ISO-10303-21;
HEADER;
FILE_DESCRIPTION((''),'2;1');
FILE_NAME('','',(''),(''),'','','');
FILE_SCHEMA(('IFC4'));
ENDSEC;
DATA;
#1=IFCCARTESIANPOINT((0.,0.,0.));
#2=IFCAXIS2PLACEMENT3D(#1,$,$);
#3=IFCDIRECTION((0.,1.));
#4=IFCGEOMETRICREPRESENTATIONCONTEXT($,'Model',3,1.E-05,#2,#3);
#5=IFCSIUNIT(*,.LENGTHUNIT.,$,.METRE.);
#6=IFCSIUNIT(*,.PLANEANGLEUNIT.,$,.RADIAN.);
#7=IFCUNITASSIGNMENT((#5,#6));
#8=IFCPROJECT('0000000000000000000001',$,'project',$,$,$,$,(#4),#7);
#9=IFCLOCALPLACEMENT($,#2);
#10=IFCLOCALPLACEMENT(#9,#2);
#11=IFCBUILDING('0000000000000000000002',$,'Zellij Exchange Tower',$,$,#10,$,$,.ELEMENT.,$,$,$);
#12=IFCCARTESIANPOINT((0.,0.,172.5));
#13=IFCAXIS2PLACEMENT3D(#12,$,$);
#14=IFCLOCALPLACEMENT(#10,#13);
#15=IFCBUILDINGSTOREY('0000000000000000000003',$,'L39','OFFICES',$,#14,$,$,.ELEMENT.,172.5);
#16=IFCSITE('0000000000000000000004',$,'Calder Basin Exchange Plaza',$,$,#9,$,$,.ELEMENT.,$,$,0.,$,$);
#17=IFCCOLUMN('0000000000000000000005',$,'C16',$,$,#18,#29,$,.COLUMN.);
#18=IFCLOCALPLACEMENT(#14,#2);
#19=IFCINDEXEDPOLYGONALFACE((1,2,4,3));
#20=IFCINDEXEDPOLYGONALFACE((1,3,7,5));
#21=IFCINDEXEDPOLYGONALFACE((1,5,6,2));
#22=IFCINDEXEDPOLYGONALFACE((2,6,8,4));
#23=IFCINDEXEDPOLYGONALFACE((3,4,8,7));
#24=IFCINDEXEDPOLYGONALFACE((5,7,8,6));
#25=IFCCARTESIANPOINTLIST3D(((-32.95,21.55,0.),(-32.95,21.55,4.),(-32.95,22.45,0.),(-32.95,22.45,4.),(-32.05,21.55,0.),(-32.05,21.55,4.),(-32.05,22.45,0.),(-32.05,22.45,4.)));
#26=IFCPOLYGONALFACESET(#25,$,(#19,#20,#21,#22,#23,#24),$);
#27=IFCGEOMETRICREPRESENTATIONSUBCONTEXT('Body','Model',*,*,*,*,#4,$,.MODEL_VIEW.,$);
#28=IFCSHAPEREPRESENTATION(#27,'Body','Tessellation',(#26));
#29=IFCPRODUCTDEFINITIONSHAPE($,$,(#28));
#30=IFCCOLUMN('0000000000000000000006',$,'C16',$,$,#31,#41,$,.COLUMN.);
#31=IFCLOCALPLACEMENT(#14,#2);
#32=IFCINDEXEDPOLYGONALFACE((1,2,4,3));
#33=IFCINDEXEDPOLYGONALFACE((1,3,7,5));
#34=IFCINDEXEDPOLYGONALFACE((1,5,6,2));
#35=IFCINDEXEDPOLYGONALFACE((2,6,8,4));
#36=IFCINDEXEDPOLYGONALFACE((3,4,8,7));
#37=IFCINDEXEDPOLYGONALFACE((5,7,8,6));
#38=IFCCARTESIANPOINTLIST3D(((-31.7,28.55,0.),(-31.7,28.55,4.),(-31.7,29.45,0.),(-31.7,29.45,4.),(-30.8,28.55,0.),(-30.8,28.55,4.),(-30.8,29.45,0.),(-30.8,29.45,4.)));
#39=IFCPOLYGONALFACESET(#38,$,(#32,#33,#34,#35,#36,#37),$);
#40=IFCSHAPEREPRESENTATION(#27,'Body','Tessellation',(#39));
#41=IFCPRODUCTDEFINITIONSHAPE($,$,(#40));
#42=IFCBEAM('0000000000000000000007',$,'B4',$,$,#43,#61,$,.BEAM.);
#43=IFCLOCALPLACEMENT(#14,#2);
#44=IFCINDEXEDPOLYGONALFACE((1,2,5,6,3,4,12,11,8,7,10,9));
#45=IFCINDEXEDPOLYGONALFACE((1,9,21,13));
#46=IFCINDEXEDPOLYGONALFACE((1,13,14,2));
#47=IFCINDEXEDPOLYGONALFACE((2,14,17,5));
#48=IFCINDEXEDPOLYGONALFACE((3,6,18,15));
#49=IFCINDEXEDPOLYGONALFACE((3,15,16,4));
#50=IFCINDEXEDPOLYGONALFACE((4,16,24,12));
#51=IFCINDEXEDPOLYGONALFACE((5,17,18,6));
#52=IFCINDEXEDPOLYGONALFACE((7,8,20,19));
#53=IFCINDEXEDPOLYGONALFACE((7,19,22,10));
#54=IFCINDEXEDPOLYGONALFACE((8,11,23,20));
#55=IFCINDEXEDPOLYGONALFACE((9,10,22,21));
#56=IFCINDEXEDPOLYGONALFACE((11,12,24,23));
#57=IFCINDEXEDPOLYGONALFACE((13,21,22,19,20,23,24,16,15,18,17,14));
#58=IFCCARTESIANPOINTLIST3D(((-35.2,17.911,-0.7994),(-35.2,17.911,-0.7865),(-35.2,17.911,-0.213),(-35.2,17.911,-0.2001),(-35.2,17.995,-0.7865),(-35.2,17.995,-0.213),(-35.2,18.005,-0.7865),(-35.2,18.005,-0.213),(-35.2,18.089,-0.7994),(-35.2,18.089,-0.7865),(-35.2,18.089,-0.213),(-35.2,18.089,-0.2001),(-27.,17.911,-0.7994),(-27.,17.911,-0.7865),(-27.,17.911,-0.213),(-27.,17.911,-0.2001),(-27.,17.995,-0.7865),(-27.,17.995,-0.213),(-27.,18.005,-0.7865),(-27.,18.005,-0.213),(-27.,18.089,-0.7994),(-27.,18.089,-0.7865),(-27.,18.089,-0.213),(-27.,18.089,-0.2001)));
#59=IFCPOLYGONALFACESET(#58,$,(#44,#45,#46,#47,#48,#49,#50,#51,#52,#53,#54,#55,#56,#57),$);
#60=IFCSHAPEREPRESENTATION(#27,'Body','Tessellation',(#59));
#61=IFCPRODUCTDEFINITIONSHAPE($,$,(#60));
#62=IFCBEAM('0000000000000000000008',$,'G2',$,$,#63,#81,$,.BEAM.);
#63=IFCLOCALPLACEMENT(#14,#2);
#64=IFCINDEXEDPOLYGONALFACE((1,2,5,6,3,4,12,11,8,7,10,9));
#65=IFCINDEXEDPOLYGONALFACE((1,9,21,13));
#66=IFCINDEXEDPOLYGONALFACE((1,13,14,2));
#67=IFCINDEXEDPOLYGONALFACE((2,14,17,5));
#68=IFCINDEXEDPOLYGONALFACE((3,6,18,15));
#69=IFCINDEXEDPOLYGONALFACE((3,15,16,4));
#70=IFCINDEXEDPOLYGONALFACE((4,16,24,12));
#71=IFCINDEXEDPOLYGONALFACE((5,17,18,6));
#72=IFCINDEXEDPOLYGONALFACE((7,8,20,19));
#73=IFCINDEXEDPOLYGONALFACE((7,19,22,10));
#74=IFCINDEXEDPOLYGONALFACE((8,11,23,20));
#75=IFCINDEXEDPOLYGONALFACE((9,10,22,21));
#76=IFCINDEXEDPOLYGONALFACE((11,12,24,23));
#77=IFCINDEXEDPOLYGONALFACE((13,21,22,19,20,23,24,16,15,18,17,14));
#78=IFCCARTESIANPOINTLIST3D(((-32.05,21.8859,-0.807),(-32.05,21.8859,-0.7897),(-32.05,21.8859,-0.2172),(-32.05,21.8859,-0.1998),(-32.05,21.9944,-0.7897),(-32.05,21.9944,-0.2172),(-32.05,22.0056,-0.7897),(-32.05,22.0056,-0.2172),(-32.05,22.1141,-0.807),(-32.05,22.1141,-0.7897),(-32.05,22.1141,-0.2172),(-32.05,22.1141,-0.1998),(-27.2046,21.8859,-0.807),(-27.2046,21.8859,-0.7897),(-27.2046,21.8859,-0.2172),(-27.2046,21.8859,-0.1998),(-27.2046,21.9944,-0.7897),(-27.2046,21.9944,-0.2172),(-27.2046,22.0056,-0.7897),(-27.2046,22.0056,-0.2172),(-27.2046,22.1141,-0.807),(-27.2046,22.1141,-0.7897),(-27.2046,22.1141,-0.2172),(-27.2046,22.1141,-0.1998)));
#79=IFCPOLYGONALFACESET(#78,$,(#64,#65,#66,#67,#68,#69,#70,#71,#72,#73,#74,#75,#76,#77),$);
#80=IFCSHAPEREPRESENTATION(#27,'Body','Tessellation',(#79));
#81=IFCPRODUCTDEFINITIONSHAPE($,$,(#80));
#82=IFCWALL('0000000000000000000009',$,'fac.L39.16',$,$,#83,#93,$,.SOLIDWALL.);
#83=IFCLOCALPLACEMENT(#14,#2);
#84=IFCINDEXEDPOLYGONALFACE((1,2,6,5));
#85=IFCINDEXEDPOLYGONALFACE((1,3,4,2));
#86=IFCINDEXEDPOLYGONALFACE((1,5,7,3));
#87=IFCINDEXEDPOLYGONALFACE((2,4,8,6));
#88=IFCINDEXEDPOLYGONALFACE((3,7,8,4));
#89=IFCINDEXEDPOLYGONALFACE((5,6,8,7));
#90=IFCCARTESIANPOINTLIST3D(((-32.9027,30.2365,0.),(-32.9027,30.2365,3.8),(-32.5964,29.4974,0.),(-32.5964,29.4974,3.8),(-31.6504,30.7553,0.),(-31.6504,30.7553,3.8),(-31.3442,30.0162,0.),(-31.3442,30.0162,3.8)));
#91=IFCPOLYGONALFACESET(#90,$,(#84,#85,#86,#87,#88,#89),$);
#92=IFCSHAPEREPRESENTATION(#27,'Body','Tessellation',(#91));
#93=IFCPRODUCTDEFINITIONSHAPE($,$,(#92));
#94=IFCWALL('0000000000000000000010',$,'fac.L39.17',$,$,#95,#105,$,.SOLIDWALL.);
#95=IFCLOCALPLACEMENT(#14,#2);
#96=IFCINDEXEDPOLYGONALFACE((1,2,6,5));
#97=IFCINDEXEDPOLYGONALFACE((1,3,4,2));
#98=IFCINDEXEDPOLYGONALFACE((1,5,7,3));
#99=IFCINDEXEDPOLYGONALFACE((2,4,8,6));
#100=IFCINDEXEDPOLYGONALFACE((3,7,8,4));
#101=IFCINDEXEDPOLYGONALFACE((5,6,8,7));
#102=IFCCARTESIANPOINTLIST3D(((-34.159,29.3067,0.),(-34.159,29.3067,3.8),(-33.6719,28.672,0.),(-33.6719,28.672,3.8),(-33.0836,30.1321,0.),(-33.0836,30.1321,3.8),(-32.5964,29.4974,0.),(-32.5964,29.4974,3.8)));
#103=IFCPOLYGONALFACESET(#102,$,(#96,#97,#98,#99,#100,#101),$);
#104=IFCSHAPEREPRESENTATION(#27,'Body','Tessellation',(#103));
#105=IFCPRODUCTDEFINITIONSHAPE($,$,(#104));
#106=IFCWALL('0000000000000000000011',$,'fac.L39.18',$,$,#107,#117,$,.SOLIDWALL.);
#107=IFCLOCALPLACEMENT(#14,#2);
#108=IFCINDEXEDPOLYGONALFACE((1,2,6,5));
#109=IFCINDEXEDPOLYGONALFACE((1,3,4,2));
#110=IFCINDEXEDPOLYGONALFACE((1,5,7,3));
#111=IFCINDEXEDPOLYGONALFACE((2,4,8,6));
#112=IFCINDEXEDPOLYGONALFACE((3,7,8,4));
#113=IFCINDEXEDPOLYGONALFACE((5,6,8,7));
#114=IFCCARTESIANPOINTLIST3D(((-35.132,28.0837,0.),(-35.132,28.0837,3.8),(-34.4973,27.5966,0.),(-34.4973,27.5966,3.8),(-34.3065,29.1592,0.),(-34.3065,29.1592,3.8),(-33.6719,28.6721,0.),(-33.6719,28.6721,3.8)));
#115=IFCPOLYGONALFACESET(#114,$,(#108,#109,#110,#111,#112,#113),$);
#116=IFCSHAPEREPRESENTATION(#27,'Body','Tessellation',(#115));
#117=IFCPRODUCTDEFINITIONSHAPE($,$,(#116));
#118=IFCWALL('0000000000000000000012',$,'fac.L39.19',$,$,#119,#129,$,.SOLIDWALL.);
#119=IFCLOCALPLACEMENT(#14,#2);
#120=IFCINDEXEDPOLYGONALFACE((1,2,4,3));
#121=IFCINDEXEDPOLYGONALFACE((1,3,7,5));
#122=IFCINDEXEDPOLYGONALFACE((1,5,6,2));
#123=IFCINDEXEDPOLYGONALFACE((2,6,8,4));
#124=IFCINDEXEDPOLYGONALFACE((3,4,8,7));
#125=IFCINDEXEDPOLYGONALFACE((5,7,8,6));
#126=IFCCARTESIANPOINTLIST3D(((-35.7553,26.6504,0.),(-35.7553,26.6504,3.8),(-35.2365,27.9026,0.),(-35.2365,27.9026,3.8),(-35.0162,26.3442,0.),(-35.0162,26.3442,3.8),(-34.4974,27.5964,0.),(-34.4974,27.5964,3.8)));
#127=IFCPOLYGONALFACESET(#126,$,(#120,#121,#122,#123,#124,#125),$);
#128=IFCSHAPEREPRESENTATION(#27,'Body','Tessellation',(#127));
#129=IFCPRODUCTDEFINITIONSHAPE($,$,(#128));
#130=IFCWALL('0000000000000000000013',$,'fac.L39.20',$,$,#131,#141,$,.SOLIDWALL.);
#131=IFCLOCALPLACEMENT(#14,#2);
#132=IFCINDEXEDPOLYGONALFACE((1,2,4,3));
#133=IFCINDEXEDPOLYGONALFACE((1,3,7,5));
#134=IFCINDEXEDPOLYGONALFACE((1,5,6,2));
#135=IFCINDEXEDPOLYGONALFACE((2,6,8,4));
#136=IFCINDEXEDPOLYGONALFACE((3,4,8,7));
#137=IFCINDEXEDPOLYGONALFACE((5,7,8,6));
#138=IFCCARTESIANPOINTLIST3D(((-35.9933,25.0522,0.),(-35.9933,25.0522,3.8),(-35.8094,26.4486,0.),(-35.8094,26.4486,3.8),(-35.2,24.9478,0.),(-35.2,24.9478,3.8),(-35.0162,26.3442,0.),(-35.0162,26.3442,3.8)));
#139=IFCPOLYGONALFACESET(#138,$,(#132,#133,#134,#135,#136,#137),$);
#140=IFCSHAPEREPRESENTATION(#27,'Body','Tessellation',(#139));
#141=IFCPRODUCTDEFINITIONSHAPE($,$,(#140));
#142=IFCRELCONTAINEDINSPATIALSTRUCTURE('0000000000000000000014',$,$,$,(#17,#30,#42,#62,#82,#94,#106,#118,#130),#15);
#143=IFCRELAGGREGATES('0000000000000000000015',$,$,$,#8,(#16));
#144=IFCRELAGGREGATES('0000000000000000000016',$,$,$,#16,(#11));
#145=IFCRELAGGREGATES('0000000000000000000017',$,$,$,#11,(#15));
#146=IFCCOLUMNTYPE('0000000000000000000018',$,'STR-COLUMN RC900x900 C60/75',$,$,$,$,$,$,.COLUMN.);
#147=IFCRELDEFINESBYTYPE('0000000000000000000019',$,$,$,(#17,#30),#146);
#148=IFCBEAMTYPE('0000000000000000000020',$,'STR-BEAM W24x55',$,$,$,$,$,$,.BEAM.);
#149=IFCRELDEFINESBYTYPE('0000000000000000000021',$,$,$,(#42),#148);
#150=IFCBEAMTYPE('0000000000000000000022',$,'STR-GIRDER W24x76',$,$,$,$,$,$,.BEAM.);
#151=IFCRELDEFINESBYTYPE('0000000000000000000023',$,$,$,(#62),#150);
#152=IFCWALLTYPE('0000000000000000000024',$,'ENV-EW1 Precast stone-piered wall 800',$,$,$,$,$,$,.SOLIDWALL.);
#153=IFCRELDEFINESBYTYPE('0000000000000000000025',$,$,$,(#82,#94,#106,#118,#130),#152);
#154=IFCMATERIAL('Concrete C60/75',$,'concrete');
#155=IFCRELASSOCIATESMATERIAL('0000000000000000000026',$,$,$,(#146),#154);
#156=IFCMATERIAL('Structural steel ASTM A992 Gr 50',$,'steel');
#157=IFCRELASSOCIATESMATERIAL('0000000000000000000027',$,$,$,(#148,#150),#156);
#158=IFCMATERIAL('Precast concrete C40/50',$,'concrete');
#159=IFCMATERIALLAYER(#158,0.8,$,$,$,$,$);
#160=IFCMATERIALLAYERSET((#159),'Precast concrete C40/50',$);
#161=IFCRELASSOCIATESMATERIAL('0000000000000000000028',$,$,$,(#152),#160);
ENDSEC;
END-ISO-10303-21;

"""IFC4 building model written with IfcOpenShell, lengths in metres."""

from ifc_helpers import new_model, si_unit, direction, frame, frame_2d, origin, origin_2d, place, context, subcontext, project, spatial, rectangle, i_section, extrude, material, layer, layer_set, material_profile, profile_set, type_object, element, save


model = new_model("IFC4")

# Units and contexts
model_context = context("Model", 3, precision=1e-05, world=origin(), true_north=direction((0.0, 1.0)))
body_context = subcontext(model_context, "Body", "Model", "MODEL_VIEW")
ifc_project = project(units=[si_unit("LENGTHUNIT", "METRE"), si_unit("PLANEANGLEUNIT", "RADIAN")], contexts=[model_context])

# Site, building, storey
site_placement = place(None, origin())
site = spatial("IfcSite", under=ifc_project, at=site_placement, Name="Calder Basin Exchange Plaza", CompositionType="ELEMENT", RefElevation=0.0)
building_placement = place(site_placement, origin())
building = spatial("IfcBuilding", under=site, at=building_placement, Name="Zellij Exchange Tower", CompositionType="ELEMENT")
storey_placement = place(building_placement, frame((0.0, 0.0, 172.5)))
storey = spatial("IfcBuildingStorey", under=building, at=storey_placement, Name="L39", Description="OFFICES", CompositionType="ELEMENT", Elevation=172.5)

# Columns
ifc_material_1 = material(Name="Concrete C60/75", Category="concrete")
ifc_material_profile_1 = material_profile(ifc_material_1, rectangle(XDim=0.8999, YDim=0.8999, at=origin_2d()), Name="STR-COLUMN RC900x900 C60/75")
ifc_profile_set_1 = profile_set([ifc_material_profile_1], Name="Concrete C60/75")
column_type = type_object("IfcColumnType", Name="STR-COLUMN RC900x900 C60/75", PredefinedType="COLUMN", material=ifc_profile_set_1)
for number, where, z_axis, x_axis, name in (
    (1, (-32.5, 22.0, 0.0), (0.0, 0.0, 1.0), (1.0, 0.0, 0.0), "C16"),
    (2, (-31.25, 29.0, 0.0), (0.0, 0.0, 1.0), (1.0, 0.0, 0.0), "C16"),
):
    element("IfcColumn", number, at=place(storey_placement, frame(where, z_axis=z_axis, x_axis=x_axis)), inside=storey, type_object=column_type, Name=name, PredefinedType="COLUMN", context=body_context, shape_type="SweptSolid", body=[
        extrude(rectangle(XDim=0.8999, YDim=0.8999, at=origin_2d()), origin(), (0.0, 0.0, 1.0), 4.0),
    ])

# Beams
ifc_material_2 = material(Name="Structural steel ASTM A992 Gr 50", Category="steel")
ifc_material_profile_2 = material_profile(ifc_material_2, i_section(OverallWidth=0.178, OverallDepth=0.5994, WebThickness=0.01, FlangeThickness=0.0129, at=origin_2d()), Name="W24x55")
ifc_profile_set_2 = profile_set([ifc_material_profile_2], Name="Structural steel ASTM A992 Gr 50")
beam_type_1 = type_object("IfcBeamType", Name="STR-BEAM W24x55", PredefinedType="BEAM", material=ifc_profile_set_2)
beam_1_placement = place(storey_placement, frame((-35.2, 18.0, -0.4998), z_axis=(1.0, 0.0, 0.0), x_axis=(0.0, 1.0, 0.0)))
element("IfcBeam", 3, at=beam_1_placement, inside=storey, type_object=beam_type_1, Name="B4", PredefinedType="BEAM", context=body_context, shape_type="SweptSolid", body=[
    extrude(i_section(OverallWidth=0.178, OverallDepth=0.5994, WebThickness=0.01, FlangeThickness=0.0129, at=origin_2d()), origin(), (0.0, 0.0, 1.0), 8.2),
])
ifc_material_profile_3 = material_profile(ifc_material_2, i_section(OverallWidth=0.2283, OverallDepth=0.6072, WebThickness=0.0112, FlangeThickness=0.0173, at=origin_2d()), Name="W24x76")
ifc_profile_set_3 = profile_set([ifc_material_profile_3], Name="Structural steel ASTM A992 Gr 50")
beam_type_2 = type_object("IfcBeamType", Name="STR-GIRDER W24x76", PredefinedType="BEAM", material=ifc_profile_set_3)
beam_2_placement = place(storey_placement, frame((-32.05, 22.0, -0.5034), z_axis=(1.0, 0.0, 0.0), x_axis=(0.0, 1.0, 0.0)))
element("IfcBeam", 4, at=beam_2_placement, inside=storey, type_object=beam_type_2, Name="G2", PredefinedType="BEAM", context=body_context, shape_type="SweptSolid", body=[
    extrude(i_section(OverallWidth=0.2283, OverallDepth=0.6072, WebThickness=0.0112, FlangeThickness=0.0173, at=origin_2d()), origin(), (0.0, 0.0, 1.0), 4.8455),
])

# Walls
ifc_material_3 = material(Name="Precast concrete C40/50", Category="concrete")
ifc_layer_1 = layer(ifc_material_3, 0.8)
ifc_layer_set_1 = layer_set([ifc_layer_1], Name="Precast concrete C40/50")
wall_type_1 = type_object("IfcWallType", Name="ENV-EW1 Precast stone-piered wall 800", PredefinedType="SOLIDWALL", material=ifc_layer_set_1)
wall_1_placement = place(storey_placement, frame((-31.4973, 30.3857, 0.0), z_axis=(0.0, 0.0, 1.0), x_axis=(-0.923848, -0.38276, 0.0)))
element("IfcWall", 5, at=wall_1_placement, inside=storey, type_object=wall_type_1, Name="fac.L39.16", PredefinedType="SOLIDWALL", context=body_context, shape_type="SweptSolid", body=[
    extrude(rectangle(XDim=1.3555, YDim=0.8, at=frame_2d((0.6777, 0.0))), origin(), (0.0, 0.0, 1.0), 3.8),
])
for number, where, z_axis, x_axis, name in (
    (6, (-32.8401, 29.8147, 0.0), (0.0, 0.0, 1.0), (-0.793273, -0.608866, 0.0), "fac.L39.17"),
    (7, (-33.9893, 28.9155, 0.0), (0.0, 0.0, 1.0), (-0.608866, -0.793273, 0.0), "fac.L39.18"),
):
    element("IfcWall", number, at=place(storey_placement, frame(where, z_axis=z_axis, x_axis=x_axis)), inside=storey, type_object=wall_type_1, Name=name, PredefinedType="SOLIDWALL", context=body_context, shape_type="SweptSolid", body=[
        extrude(rectangle(XDim=1.3557, YDim=0.8, at=frame_2d((0.6777, 0.0))), origin(), (0.0, 0.0, 1.0), 3.8),
    ])
wall_2_placement = place(storey_placement, frame((-34.8669, 27.7495, 0.0), z_axis=(0.0, 0.0, 1.0), x_axis=(-0.38276, -0.923848, 0.0)))
element("IfcWall", 8, at=wall_2_placement, inside=storey, type_object=wall_type_1, Name="fac.L39.19", PredefinedType="SOLIDWALL", context=body_context, shape_type="SweptSolid", body=[
    extrude(rectangle(XDim=1.3555, YDim=0.8, at=frame_2d((0.6777, 0.0))), origin(), (0.0, 0.0, 1.0), 3.8),
])
wall_3_placement = place(storey_placement, frame((-35.4128, 26.3962, 0.0), z_axis=(0.0, 0.0, 1.0), x_axis=(-0.130517, -0.991446, 0.0)))
element("IfcWall", 9, at=wall_3_placement, inside=storey, type_object=wall_type_1, Name="fac.L39.20", PredefinedType="SOLIDWALL", context=body_context, shape_type="SweptSolid", body=[
    extrude(rectangle(XDim=1.4084, YDim=0.8, at=frame_2d((0.7041, 0.0))), origin(), (0.0, 0.0, 1.0), 3.8),
])

save(model, "model.ifc")
